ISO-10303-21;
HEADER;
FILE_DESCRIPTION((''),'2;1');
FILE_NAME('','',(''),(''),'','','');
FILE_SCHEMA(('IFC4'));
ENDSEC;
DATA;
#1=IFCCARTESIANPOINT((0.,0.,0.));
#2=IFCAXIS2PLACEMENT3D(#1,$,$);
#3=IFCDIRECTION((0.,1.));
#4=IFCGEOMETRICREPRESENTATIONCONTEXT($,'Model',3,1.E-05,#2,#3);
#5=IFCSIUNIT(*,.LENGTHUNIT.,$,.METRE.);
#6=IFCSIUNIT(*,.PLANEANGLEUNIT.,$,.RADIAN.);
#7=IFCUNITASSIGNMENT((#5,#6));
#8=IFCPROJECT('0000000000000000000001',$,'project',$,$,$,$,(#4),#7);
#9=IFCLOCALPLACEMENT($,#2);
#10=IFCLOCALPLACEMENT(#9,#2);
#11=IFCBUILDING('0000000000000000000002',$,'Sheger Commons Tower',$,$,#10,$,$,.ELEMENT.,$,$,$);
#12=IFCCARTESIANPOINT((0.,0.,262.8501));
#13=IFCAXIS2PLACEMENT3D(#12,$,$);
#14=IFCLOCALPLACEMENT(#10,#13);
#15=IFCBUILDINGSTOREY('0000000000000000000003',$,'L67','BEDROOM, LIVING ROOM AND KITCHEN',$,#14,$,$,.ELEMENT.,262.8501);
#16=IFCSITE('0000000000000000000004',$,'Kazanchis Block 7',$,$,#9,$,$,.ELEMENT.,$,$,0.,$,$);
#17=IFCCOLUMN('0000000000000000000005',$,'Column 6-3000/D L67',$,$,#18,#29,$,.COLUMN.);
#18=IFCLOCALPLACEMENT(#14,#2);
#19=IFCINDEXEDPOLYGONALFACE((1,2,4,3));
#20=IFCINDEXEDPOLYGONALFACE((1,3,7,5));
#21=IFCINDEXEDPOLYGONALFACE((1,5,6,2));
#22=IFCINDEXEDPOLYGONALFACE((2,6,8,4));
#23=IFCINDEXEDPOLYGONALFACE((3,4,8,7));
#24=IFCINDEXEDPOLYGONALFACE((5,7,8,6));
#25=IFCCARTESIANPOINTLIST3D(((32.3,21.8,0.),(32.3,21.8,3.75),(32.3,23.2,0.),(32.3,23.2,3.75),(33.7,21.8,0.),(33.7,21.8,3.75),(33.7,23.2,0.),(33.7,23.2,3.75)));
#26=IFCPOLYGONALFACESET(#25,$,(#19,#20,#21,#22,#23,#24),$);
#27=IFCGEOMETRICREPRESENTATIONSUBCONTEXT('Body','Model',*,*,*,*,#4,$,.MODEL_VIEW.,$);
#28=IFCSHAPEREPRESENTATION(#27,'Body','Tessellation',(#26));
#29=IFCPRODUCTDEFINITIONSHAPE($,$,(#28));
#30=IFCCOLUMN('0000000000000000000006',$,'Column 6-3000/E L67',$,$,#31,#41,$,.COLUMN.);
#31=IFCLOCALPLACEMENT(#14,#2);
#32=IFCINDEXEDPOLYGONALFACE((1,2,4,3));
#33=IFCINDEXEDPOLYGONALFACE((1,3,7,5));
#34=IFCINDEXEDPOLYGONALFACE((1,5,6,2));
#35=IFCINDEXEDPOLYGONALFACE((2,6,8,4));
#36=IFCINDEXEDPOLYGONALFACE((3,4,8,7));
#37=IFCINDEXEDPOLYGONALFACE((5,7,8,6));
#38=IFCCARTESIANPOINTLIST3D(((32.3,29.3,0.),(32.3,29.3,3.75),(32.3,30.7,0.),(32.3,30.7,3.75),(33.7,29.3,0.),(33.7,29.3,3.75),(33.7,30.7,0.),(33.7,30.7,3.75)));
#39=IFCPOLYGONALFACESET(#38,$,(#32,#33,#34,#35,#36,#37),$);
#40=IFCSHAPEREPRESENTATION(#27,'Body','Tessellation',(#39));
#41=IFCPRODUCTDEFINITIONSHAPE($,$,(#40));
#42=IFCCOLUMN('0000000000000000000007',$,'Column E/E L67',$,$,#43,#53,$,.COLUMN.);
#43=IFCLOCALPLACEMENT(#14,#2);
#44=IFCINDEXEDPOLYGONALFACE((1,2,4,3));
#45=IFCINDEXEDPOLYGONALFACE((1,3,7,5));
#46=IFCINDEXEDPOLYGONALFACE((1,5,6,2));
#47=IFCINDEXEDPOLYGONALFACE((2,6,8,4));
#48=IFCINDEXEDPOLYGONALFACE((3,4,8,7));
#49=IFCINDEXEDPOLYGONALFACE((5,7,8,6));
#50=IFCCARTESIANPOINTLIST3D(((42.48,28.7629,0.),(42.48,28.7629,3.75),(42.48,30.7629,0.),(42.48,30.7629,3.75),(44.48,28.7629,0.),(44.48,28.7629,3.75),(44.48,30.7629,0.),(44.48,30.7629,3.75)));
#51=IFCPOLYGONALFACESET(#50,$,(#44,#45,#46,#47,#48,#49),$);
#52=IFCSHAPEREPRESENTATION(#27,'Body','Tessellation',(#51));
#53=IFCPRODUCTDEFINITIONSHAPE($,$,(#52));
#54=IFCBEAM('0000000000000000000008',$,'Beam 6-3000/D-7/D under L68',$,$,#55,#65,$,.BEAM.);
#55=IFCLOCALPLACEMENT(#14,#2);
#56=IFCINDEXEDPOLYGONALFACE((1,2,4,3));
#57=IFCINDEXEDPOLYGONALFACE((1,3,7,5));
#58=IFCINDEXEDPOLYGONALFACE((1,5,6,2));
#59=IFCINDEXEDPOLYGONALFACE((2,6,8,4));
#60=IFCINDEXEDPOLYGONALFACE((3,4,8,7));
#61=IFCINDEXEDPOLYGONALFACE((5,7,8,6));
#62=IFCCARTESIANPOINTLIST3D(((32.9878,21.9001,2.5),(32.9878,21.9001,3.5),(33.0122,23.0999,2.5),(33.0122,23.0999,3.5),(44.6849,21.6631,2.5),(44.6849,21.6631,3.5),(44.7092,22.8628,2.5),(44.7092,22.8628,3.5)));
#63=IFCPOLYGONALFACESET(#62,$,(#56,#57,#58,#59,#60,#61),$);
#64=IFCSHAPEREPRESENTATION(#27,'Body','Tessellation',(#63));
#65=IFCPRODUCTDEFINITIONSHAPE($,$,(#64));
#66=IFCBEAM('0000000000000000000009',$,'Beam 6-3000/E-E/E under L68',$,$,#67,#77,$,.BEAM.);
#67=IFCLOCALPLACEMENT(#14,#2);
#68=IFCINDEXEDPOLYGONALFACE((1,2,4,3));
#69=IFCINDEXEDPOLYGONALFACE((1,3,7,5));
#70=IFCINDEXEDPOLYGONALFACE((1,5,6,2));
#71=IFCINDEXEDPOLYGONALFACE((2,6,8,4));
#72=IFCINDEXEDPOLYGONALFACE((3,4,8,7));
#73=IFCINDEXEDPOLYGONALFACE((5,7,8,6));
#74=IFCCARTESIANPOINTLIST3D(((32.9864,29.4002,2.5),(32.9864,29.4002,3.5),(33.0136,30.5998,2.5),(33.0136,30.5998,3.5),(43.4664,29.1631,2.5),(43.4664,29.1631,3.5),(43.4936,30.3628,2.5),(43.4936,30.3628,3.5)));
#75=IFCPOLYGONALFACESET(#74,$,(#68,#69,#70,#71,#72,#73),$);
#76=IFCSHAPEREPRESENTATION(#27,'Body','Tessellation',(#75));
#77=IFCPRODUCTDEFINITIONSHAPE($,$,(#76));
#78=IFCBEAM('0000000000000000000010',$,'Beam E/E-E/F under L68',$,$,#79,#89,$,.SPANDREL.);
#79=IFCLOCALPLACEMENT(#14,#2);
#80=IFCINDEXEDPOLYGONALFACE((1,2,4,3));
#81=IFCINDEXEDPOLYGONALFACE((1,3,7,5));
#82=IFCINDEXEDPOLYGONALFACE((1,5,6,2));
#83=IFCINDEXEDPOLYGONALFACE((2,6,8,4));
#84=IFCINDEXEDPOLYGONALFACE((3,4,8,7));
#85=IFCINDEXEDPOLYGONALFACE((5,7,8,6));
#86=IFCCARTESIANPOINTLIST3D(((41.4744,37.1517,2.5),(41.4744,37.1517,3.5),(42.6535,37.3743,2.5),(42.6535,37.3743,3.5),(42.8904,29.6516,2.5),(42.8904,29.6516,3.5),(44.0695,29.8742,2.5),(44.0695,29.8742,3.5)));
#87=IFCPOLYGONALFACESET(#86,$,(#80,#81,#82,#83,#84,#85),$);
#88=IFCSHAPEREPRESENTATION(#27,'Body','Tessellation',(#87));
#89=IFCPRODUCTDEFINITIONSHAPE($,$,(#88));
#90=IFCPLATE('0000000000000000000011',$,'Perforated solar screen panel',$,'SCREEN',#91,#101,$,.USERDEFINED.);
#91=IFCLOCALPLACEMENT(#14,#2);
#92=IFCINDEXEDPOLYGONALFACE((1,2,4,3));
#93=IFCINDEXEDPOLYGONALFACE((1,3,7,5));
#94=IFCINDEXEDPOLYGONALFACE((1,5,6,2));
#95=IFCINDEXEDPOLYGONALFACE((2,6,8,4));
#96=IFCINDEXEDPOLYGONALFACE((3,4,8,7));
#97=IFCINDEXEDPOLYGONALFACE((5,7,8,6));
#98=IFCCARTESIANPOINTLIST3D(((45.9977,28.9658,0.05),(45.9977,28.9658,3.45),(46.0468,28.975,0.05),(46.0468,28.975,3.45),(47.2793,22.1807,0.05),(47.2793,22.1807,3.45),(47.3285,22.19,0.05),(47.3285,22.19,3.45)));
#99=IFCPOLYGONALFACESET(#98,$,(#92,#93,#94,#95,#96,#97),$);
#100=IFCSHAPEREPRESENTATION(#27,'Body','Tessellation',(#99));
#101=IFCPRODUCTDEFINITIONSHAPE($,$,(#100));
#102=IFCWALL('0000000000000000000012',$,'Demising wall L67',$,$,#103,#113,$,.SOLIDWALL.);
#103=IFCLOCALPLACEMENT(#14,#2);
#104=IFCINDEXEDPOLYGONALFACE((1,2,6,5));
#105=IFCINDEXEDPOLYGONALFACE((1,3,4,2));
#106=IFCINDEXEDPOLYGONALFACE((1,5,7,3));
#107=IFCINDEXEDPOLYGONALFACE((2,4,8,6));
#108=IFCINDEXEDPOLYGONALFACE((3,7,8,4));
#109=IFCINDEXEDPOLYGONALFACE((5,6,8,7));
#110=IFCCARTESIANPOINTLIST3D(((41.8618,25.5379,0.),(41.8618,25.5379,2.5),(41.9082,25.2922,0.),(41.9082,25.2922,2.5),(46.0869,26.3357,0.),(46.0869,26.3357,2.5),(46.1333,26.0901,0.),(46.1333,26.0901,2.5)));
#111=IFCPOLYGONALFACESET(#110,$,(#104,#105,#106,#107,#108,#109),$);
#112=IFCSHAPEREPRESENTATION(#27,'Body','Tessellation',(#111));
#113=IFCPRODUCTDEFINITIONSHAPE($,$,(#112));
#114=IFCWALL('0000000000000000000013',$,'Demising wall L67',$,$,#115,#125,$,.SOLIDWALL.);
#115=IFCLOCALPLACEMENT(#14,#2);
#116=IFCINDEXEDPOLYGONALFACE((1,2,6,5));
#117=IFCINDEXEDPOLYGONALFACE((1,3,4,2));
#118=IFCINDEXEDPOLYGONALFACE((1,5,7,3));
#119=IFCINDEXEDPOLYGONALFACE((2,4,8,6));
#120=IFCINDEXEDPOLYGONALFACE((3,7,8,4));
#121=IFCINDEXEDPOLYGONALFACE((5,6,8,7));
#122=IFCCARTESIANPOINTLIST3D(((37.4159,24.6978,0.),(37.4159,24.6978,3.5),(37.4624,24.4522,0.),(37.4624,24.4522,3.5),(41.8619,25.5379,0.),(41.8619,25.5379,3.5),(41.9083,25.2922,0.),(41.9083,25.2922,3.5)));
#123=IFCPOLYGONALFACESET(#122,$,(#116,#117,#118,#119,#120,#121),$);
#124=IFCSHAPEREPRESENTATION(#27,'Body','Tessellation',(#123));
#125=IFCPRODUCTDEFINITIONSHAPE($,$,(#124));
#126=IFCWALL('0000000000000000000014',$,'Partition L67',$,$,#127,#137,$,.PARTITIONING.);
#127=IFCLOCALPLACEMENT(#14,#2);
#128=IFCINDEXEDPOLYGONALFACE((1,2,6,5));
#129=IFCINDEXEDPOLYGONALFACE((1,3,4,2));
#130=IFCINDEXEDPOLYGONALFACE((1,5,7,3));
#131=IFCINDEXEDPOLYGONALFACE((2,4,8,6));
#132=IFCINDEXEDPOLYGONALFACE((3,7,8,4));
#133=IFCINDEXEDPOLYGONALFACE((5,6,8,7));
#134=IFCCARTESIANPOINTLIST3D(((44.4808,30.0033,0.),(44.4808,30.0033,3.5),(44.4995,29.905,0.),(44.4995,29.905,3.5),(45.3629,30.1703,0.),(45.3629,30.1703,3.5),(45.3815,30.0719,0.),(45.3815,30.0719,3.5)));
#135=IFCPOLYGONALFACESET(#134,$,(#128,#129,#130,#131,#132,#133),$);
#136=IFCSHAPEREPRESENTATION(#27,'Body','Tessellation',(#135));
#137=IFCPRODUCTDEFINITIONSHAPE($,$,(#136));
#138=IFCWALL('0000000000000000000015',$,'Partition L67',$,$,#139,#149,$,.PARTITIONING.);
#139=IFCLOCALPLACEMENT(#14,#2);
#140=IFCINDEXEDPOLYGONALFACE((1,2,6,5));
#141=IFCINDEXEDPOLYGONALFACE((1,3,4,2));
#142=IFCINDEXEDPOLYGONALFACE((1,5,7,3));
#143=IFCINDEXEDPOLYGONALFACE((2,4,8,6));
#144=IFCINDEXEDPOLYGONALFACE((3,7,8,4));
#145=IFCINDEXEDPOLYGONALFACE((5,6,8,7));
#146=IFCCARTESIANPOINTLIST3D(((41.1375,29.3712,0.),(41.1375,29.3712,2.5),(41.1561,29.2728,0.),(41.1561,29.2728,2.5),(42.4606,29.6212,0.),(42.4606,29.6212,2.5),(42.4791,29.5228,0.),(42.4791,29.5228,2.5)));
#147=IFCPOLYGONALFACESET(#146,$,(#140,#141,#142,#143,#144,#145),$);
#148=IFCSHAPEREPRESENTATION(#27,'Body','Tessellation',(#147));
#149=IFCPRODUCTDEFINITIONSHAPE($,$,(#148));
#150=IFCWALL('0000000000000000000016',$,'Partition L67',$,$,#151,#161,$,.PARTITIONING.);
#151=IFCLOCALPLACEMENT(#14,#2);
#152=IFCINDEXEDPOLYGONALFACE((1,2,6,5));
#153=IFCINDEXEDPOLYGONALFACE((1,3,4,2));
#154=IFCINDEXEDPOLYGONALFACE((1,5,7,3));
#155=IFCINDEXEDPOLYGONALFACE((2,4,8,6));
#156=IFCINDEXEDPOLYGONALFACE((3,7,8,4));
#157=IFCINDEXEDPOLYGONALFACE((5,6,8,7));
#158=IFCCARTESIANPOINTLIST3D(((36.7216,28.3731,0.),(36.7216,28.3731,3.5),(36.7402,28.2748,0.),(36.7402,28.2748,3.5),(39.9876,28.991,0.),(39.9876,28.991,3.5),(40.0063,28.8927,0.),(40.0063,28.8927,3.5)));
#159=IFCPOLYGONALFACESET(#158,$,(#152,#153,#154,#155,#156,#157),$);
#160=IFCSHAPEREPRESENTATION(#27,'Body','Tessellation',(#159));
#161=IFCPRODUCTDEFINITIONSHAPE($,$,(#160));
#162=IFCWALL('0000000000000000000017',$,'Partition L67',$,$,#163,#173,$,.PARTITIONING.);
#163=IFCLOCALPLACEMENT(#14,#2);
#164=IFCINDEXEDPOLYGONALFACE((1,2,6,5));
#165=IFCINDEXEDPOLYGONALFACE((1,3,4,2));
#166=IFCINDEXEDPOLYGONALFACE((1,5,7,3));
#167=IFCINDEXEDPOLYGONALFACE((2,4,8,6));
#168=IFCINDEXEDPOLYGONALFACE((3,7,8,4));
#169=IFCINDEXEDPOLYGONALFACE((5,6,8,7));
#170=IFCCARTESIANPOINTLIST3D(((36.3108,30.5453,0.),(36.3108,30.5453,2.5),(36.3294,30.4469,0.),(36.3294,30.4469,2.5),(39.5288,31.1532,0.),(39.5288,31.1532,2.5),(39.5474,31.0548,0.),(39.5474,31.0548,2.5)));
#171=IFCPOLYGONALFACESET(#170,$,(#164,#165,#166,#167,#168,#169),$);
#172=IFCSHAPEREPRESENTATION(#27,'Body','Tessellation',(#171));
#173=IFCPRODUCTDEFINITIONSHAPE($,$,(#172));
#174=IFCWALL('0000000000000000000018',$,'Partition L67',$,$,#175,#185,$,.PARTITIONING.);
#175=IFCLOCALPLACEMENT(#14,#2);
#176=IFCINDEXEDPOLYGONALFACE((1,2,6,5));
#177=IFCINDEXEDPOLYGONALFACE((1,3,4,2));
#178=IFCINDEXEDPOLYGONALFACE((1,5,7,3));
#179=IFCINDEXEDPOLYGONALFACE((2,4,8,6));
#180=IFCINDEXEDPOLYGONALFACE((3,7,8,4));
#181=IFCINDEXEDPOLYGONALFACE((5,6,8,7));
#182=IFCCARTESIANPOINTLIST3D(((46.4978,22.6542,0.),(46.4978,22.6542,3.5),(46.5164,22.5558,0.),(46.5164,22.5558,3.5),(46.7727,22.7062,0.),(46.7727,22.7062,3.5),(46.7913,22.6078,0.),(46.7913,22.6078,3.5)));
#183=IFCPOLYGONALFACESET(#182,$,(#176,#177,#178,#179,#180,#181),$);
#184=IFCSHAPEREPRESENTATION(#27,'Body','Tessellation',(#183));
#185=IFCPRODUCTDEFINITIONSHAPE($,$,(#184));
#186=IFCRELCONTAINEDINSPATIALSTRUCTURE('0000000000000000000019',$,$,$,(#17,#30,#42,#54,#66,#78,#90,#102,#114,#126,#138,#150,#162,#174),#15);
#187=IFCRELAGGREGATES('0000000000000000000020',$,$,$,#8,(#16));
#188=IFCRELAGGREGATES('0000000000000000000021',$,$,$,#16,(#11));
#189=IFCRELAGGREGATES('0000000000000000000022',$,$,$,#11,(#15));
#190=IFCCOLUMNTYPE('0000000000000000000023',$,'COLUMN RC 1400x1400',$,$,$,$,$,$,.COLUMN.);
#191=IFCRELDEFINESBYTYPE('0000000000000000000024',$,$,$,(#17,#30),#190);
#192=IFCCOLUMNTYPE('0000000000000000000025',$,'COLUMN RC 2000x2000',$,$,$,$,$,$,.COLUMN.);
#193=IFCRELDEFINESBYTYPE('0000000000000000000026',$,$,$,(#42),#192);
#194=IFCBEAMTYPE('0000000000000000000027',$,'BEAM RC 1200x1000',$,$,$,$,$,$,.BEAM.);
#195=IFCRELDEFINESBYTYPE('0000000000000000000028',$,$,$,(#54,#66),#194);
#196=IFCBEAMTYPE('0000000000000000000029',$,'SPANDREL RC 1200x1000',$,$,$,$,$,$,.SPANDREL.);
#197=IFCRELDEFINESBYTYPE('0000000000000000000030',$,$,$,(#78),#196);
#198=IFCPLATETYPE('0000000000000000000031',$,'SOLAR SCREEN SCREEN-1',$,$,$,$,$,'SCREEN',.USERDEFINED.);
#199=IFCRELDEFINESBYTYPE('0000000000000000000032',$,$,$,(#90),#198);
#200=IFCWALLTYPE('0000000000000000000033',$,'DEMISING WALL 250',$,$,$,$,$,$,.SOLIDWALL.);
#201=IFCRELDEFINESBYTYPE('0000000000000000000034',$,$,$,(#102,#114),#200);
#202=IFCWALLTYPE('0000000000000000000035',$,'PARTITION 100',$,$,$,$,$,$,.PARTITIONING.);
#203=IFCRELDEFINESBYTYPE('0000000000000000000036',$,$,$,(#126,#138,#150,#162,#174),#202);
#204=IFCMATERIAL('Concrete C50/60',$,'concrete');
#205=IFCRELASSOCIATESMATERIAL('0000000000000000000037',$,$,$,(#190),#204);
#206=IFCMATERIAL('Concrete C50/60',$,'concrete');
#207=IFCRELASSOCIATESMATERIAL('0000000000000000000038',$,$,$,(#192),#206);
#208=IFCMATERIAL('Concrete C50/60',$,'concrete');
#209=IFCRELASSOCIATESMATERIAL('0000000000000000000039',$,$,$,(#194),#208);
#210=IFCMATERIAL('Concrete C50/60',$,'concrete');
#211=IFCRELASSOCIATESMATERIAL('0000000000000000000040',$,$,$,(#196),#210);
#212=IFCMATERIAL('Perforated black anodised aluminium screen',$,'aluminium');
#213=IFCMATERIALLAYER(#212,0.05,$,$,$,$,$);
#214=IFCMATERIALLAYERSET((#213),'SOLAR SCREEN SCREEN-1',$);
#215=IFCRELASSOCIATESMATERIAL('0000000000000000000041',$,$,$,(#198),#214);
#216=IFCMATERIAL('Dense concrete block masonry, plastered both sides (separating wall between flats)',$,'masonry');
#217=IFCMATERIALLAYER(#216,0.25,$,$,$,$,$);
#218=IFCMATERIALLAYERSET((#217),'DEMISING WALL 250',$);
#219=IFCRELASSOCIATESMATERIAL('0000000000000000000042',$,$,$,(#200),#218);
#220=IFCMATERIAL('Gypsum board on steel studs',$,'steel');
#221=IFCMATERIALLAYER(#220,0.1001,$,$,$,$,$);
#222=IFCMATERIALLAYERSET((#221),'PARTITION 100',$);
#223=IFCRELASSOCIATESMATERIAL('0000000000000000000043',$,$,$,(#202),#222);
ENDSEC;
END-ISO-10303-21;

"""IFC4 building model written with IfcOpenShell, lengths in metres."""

from ifc_helpers import new_model, si_unit, direction, frame, frame_2d, origin, origin_2d, place, context, subcontext, project, spatial, rectangle, extrude, material, layer, layer_set, material_profile, profile_set, type_object, element, save


model = new_model("IFC4")

# Units and contexts
model_context = context("Model", 3, precision=1e-05, world=origin(), true_north=direction((0.0, 1.0)))
body_context = subcontext(model_context, "Body", "Model", "MODEL_VIEW")
ifc_project = project(units=[si_unit("LENGTHUNIT", "METRE"), si_unit("PLANEANGLEUNIT", "RADIAN")], contexts=[model_context])

# Site, building, storey
site_placement = place(None, origin())
site = spatial("IfcSite", under=ifc_project, at=site_placement, Name="Kazanchis Block 7", CompositionType="ELEMENT", RefElevation=0.0)
building_placement = place(site_placement, origin())
building = spatial("IfcBuilding", under=site, at=building_placement, Name="Sheger Commons Tower", CompositionType="ELEMENT")
storey_placement = place(building_placement, frame((0.0, 0.0, 262.8501)))
storey = spatial("IfcBuildingStorey", under=building, at=storey_placement, Name="L67", Description="BEDROOM, LIVING ROOM AND KITCHEN", CompositionType="ELEMENT", Elevation=262.8501)

# Columns
ifc_material_1 = material(Name="Concrete C50/60", Category="concrete")
ifc_material_profile_1 = material_profile(ifc_material_1, rectangle(XDim=1.3999, YDim=1.3999, at=origin_2d()), Name="RC 1400x1400")
ifc_profile_set_1 = profile_set([ifc_material_profile_1], Name="Concrete C50/60")
column_type_1 = type_object("IfcColumnType", Name="COLUMN RC 1400x1400", PredefinedType="COLUMN", material=ifc_profile_set_1)
for number, where, z_axis, x_axis, name in (
    (1, (33.0, 22.5, 0.0), (0.0, 0.0, 1.0), (1.0, 0.0, 0.0), "Column 6-3000/D L67"),
    (2, (33.0, 30.0, 0.0), (0.0, 0.0, 1.0), (1.0, 0.0, 0.0), "Column 6-3000/E L67"),
):
    element("IfcColumn", number, at=place(storey_placement, frame(where, z_axis=z_axis, x_axis=x_axis)), inside=storey, type_object=column_type_1, Name=name, PredefinedType="COLUMN", context=body_context, shape_type="SweptSolid", body=[
        extrude(rectangle(XDim=1.3999, YDim=1.3999, at=origin_2d()), origin(), (0.0, 0.0, 1.0), 3.75),
    ])
ifc_material_2 = material(Name="Concrete C50/60", Category="concrete")
ifc_material_profile_2 = material_profile(ifc_material_2, rectangle(XDim=2.0, YDim=2.0, at=origin_2d()), Name="RC 2000x2000")
ifc_profile_set_2 = profile_set([ifc_material_profile_2], Name="Concrete C50/60")
column_type_2 = type_object("IfcColumnType", Name="COLUMN RC 2000x2000", PredefinedType="COLUMN", material=ifc_profile_set_2)
column_placement = place(storey_placement, frame((43.48, 29.7629, 0.0), z_axis=(0.0, 0.0, 1.0), x_axis=(1.0, 0.0, 0.0)))
element("IfcColumn", 3, at=column_placement, inside=storey, type_object=column_type_2, Name="Column E/E L67", PredefinedType="COLUMN", context=body_context, shape_type="SweptSolid", body=[
    extrude(rectangle(XDim=2.0, YDim=2.0, at=origin_2d()), origin(), (0.0, 0.0, 1.0), 3.75),
])

# Beams
ifc_material_3 = material(Name="Concrete C50/60", Category="concrete")
ifc_material_profile_3 = material_profile(ifc_material_3, rectangle(XDim=1.2, YDim=1.0, at=origin_2d()), Name="RC 1200x1000")
ifc_profile_set_3 = profile_set([ifc_material_profile_3], Name="Concrete C50/60")
beam_type_1 = type_object("IfcBeamType", Name="BEAM RC 1200x1000", PredefinedType="BEAM", material=ifc_profile_set_3)
beam_1_placement = place(storey_placement, frame((33.0, 22.5, 3.0), z_axis=(0.999795, -0.020263, 0.0), x_axis=(0.020263, 0.999795, 0.0)))
element("IfcBeam", 4, at=beam_1_placement, inside=storey, type_object=beam_type_1, Name="Beam 6-3000/D-7/D under L68", PredefinedType="BEAM", context=body_context, shape_type="SweptSolid", body=[
    extrude(rectangle(XDim=1.2, YDim=1.0, at=origin_2d()), origin(), (0.0, 0.0, 1.0), 11.6995),
])
beam_2_placement = place(storey_placement, frame((33.0, 30.0, 3.0), z_axis=(0.999744, -0.022615, 0.0), x_axis=(0.022615, 0.999744, 0.0)))
element("IfcBeam", 5, at=beam_2_placement, inside=storey, type_object=beam_type_1, Name="Beam 6-3000/E-E/E under L68", PredefinedType="BEAM", context=body_context, shape_type="SweptSolid", body=[
    extrude(rectangle(XDim=1.2, YDim=1.0, at=origin_2d()), origin(), (0.0, 0.0, 1.0), 10.4827),
])
ifc_material_4 = material(Name="Concrete C50/60", Category="concrete")
ifc_material_profile_4 = material_profile(ifc_material_4, rectangle(XDim=1.2, YDim=1.0, at=origin_2d()), Name="RC 1200x1000")
ifc_profile_set_4 = profile_set([ifc_material_profile_4], Name="Concrete C50/60")
beam_type_2 = type_object("IfcBeamType", Name="SPANDREL RC 1200x1000", PredefinedType="SPANDREL", material=ifc_profile_set_4)
beam_3_placement = place(storey_placement, frame((43.48, 29.7629, 3.0), z_axis=(-0.185524, 0.98264, 0.0), x_axis=(-0.98264, -0.185524, 0.0)))
element("IfcBeam", 6, at=beam_3_placement, inside=storey, type_object=beam_type_2, Name="Beam E/E-E/F under L68", PredefinedType="SPANDREL", context=body_context, shape_type="SweptSolid", body=[
    extrude(rectangle(XDim=1.2, YDim=1.0, at=origin_2d()), origin(), (0.0, 0.0, 1.0), 7.6326),
])

# Plate
ifc_material_5 = material(Name="Perforated black anodised aluminium screen", Category="aluminium")
ifc_layer_1 = layer(ifc_material_5, 0.05)
ifc_layer_set_1 = layer_set([ifc_layer_1], Name="SOLAR SCREEN SCREEN-1")
plate_type = type_object("IfcPlateType", Name="SOLAR SCREEN SCREEN-1", ElementType="SCREEN", PredefinedType="USERDEFINED", material=ifc_layer_set_1)
plate_placement = place(storey_placement, frame((46.6631, 25.5779, 0.05), z_axis=(0.0, 0.0, 1.0), x_axis=(-0.185615, 0.982623, 0.0)))
element("IfcPlate", 7, at=plate_placement, inside=storey, type_object=plate_type, Name="Perforated solar screen panel", ObjectType="SCREEN", PredefinedType="USERDEFINED", context=body_context, shape_type="SweptSolid", body=[
    extrude(rectangle(XDim=6.905, YDim=0.05, at=origin_2d()), origin(), (0.0, 0.0, 1.0), 3.3999),
])

# Walls
ifc_material_6 = material(Name="Dense concrete block masonry, plastered both sides (separating wall between flats)", Category="masonry")
ifc_layer_2 = layer(ifc_material_6, 0.25)
ifc_layer_set_2 = layer_set([ifc_layer_2], Name="DEMISING WALL 250")
wall_type_1 = type_object("IfcWallType", Name="DEMISING WALL 250", PredefinedType="SOLIDWALL", material=ifc_layer_set_2)
wall_1_placement = place(storey_placement, frame((46.1101, 26.2129, 0.0), z_axis=(0.0, 0.0, 1.0), x_axis=(-0.982634, -0.185557, 0.0)))
element("IfcWall", 8, at=wall_1_placement, inside=storey, type_object=wall_type_1, Name="Demising wall L67", PredefinedType="SOLIDWALL", context=body_context, shape_type="SweptSolid", body=[
    extrude(rectangle(XDim=4.2998, YDim=0.25, at=frame_2d((2.1499, 0.0))), origin(), (0.0, 0.0, 1.0), 2.5),
])
wall_2_placement = place(storey_placement, frame((41.885, 25.415, 0.0), z_axis=(0.0, 0.0, 1.0), x_axis=(-0.982613, -0.185666, 0.0)))
element("IfcWall", 9, at=wall_2_placement, inside=storey, type_object=wall_type_1, Name="Demising wall L67", PredefinedType="SOLIDWALL", context=body_context, shape_type="SweptSolid", body=[
    extrude(rectangle(XDim=4.5247, YDim=0.25, at=frame_2d((2.2622, 0.0))), origin(), (0.0, 0.0, 1.0), 3.5),
])
ifc_material_7 = material(Name="Gypsum board on steel studs", Category="steel")
ifc_layer_3 = layer(ifc_material_7, 0.1001)
ifc_layer_set_3 = layer_set([ifc_layer_3], Name="PARTITION 100")
wall_type_2 = type_object("IfcWallType", Name="PARTITION 100", PredefinedType="PARTITIONING", material=ifc_layer_set_3)
wall_3_placement = place(storey_placement, frame((45.3721, 30.1211, 0.0), z_axis=(0.0, 0.0, 1.0), x_axis=(-0.982547, -0.186012, 0.0)))
element("IfcWall", 10, at=wall_3_placement, inside=storey, type_object=wall_type_2, Name="Partition L67", PredefinedType="PARTITIONING", context=body_context, shape_type="SweptSolid", body=[
    extrude(rectangle(XDim=0.8977, YDim=0.1001, at=frame_2d((0.4487, 0.0))), origin(), (0.0, 0.0, 1.0), 3.5),
])
wall_4_placement = place(storey_placement, frame((42.47, 29.572, 0.0), z_axis=(0.0, 0.0, 1.0), x_axis=(-0.982611, -0.185679, 0.0)))
element("IfcWall", 11, at=wall_4_placement, inside=storey, type_object=wall_type_2, Name="Partition L67", PredefinedType="PARTITIONING", context=body_context, shape_type="SweptSolid", body=[
    extrude(rectangle(XDim=1.3464, YDim=0.1001, at=frame_2d((0.6733, 0.0))), origin(), (0.0, 0.0, 1.0), 2.5),
])
wall_5_placement = place(storey_placement, frame((39.9971, 28.9419, 0.0), z_axis=(0.0, 0.0, 1.0), x_axis=(-0.98257, -0.185894, 0.0)))
element("IfcWall", 12, at=wall_5_placement, inside=storey, type_object=wall_type_2, Name="Partition L67", PredefinedType="PARTITIONING", context=body_context, shape_type="SweptSolid", body=[
    extrude(rectangle(XDim=3.324, YDim=0.1001, at=frame_2d((1.6621, 0.0))), origin(), (0.0, 0.0, 1.0), 3.5),
])
wall_6_placement = place(storey_placement, frame((39.5381, 31.104, 0.0), z_axis=(0.0, 0.0, 1.0), x_axis=(-0.982621, -0.185625, 0.0)))
element("IfcWall", 13, at=wall_6_placement, inside=storey, type_object=wall_type_2, Name="Partition L67", PredefinedType="PARTITIONING", context=body_context, shape_type="SweptSolid", body=[
    extrude(rectangle(XDim=3.2749, YDim=0.1001, at=frame_2d((1.6375, 0.0))), origin(), (0.0, 0.0, 1.0), 2.5),
])
wall_7_placement = place(storey_placement, frame((46.782, 22.657, 0.0), z_axis=(0.0, 0.0, 1.0), x_axis=(-0.982575, -0.185869, 0.0)))
element("IfcWall", 14, at=wall_7_placement, inside=storey, type_object=wall_type_2, Name="Partition L67", PredefinedType="PARTITIONING", context=body_context, shape_type="SweptSolid", body=[
    extrude(rectangle(XDim=0.2798, YDim=0.1001, at=frame_2d((0.1399, 0.0))), origin(), (0.0, 0.0, 1.0), 3.5),
])

save(model, "model.ifc")
